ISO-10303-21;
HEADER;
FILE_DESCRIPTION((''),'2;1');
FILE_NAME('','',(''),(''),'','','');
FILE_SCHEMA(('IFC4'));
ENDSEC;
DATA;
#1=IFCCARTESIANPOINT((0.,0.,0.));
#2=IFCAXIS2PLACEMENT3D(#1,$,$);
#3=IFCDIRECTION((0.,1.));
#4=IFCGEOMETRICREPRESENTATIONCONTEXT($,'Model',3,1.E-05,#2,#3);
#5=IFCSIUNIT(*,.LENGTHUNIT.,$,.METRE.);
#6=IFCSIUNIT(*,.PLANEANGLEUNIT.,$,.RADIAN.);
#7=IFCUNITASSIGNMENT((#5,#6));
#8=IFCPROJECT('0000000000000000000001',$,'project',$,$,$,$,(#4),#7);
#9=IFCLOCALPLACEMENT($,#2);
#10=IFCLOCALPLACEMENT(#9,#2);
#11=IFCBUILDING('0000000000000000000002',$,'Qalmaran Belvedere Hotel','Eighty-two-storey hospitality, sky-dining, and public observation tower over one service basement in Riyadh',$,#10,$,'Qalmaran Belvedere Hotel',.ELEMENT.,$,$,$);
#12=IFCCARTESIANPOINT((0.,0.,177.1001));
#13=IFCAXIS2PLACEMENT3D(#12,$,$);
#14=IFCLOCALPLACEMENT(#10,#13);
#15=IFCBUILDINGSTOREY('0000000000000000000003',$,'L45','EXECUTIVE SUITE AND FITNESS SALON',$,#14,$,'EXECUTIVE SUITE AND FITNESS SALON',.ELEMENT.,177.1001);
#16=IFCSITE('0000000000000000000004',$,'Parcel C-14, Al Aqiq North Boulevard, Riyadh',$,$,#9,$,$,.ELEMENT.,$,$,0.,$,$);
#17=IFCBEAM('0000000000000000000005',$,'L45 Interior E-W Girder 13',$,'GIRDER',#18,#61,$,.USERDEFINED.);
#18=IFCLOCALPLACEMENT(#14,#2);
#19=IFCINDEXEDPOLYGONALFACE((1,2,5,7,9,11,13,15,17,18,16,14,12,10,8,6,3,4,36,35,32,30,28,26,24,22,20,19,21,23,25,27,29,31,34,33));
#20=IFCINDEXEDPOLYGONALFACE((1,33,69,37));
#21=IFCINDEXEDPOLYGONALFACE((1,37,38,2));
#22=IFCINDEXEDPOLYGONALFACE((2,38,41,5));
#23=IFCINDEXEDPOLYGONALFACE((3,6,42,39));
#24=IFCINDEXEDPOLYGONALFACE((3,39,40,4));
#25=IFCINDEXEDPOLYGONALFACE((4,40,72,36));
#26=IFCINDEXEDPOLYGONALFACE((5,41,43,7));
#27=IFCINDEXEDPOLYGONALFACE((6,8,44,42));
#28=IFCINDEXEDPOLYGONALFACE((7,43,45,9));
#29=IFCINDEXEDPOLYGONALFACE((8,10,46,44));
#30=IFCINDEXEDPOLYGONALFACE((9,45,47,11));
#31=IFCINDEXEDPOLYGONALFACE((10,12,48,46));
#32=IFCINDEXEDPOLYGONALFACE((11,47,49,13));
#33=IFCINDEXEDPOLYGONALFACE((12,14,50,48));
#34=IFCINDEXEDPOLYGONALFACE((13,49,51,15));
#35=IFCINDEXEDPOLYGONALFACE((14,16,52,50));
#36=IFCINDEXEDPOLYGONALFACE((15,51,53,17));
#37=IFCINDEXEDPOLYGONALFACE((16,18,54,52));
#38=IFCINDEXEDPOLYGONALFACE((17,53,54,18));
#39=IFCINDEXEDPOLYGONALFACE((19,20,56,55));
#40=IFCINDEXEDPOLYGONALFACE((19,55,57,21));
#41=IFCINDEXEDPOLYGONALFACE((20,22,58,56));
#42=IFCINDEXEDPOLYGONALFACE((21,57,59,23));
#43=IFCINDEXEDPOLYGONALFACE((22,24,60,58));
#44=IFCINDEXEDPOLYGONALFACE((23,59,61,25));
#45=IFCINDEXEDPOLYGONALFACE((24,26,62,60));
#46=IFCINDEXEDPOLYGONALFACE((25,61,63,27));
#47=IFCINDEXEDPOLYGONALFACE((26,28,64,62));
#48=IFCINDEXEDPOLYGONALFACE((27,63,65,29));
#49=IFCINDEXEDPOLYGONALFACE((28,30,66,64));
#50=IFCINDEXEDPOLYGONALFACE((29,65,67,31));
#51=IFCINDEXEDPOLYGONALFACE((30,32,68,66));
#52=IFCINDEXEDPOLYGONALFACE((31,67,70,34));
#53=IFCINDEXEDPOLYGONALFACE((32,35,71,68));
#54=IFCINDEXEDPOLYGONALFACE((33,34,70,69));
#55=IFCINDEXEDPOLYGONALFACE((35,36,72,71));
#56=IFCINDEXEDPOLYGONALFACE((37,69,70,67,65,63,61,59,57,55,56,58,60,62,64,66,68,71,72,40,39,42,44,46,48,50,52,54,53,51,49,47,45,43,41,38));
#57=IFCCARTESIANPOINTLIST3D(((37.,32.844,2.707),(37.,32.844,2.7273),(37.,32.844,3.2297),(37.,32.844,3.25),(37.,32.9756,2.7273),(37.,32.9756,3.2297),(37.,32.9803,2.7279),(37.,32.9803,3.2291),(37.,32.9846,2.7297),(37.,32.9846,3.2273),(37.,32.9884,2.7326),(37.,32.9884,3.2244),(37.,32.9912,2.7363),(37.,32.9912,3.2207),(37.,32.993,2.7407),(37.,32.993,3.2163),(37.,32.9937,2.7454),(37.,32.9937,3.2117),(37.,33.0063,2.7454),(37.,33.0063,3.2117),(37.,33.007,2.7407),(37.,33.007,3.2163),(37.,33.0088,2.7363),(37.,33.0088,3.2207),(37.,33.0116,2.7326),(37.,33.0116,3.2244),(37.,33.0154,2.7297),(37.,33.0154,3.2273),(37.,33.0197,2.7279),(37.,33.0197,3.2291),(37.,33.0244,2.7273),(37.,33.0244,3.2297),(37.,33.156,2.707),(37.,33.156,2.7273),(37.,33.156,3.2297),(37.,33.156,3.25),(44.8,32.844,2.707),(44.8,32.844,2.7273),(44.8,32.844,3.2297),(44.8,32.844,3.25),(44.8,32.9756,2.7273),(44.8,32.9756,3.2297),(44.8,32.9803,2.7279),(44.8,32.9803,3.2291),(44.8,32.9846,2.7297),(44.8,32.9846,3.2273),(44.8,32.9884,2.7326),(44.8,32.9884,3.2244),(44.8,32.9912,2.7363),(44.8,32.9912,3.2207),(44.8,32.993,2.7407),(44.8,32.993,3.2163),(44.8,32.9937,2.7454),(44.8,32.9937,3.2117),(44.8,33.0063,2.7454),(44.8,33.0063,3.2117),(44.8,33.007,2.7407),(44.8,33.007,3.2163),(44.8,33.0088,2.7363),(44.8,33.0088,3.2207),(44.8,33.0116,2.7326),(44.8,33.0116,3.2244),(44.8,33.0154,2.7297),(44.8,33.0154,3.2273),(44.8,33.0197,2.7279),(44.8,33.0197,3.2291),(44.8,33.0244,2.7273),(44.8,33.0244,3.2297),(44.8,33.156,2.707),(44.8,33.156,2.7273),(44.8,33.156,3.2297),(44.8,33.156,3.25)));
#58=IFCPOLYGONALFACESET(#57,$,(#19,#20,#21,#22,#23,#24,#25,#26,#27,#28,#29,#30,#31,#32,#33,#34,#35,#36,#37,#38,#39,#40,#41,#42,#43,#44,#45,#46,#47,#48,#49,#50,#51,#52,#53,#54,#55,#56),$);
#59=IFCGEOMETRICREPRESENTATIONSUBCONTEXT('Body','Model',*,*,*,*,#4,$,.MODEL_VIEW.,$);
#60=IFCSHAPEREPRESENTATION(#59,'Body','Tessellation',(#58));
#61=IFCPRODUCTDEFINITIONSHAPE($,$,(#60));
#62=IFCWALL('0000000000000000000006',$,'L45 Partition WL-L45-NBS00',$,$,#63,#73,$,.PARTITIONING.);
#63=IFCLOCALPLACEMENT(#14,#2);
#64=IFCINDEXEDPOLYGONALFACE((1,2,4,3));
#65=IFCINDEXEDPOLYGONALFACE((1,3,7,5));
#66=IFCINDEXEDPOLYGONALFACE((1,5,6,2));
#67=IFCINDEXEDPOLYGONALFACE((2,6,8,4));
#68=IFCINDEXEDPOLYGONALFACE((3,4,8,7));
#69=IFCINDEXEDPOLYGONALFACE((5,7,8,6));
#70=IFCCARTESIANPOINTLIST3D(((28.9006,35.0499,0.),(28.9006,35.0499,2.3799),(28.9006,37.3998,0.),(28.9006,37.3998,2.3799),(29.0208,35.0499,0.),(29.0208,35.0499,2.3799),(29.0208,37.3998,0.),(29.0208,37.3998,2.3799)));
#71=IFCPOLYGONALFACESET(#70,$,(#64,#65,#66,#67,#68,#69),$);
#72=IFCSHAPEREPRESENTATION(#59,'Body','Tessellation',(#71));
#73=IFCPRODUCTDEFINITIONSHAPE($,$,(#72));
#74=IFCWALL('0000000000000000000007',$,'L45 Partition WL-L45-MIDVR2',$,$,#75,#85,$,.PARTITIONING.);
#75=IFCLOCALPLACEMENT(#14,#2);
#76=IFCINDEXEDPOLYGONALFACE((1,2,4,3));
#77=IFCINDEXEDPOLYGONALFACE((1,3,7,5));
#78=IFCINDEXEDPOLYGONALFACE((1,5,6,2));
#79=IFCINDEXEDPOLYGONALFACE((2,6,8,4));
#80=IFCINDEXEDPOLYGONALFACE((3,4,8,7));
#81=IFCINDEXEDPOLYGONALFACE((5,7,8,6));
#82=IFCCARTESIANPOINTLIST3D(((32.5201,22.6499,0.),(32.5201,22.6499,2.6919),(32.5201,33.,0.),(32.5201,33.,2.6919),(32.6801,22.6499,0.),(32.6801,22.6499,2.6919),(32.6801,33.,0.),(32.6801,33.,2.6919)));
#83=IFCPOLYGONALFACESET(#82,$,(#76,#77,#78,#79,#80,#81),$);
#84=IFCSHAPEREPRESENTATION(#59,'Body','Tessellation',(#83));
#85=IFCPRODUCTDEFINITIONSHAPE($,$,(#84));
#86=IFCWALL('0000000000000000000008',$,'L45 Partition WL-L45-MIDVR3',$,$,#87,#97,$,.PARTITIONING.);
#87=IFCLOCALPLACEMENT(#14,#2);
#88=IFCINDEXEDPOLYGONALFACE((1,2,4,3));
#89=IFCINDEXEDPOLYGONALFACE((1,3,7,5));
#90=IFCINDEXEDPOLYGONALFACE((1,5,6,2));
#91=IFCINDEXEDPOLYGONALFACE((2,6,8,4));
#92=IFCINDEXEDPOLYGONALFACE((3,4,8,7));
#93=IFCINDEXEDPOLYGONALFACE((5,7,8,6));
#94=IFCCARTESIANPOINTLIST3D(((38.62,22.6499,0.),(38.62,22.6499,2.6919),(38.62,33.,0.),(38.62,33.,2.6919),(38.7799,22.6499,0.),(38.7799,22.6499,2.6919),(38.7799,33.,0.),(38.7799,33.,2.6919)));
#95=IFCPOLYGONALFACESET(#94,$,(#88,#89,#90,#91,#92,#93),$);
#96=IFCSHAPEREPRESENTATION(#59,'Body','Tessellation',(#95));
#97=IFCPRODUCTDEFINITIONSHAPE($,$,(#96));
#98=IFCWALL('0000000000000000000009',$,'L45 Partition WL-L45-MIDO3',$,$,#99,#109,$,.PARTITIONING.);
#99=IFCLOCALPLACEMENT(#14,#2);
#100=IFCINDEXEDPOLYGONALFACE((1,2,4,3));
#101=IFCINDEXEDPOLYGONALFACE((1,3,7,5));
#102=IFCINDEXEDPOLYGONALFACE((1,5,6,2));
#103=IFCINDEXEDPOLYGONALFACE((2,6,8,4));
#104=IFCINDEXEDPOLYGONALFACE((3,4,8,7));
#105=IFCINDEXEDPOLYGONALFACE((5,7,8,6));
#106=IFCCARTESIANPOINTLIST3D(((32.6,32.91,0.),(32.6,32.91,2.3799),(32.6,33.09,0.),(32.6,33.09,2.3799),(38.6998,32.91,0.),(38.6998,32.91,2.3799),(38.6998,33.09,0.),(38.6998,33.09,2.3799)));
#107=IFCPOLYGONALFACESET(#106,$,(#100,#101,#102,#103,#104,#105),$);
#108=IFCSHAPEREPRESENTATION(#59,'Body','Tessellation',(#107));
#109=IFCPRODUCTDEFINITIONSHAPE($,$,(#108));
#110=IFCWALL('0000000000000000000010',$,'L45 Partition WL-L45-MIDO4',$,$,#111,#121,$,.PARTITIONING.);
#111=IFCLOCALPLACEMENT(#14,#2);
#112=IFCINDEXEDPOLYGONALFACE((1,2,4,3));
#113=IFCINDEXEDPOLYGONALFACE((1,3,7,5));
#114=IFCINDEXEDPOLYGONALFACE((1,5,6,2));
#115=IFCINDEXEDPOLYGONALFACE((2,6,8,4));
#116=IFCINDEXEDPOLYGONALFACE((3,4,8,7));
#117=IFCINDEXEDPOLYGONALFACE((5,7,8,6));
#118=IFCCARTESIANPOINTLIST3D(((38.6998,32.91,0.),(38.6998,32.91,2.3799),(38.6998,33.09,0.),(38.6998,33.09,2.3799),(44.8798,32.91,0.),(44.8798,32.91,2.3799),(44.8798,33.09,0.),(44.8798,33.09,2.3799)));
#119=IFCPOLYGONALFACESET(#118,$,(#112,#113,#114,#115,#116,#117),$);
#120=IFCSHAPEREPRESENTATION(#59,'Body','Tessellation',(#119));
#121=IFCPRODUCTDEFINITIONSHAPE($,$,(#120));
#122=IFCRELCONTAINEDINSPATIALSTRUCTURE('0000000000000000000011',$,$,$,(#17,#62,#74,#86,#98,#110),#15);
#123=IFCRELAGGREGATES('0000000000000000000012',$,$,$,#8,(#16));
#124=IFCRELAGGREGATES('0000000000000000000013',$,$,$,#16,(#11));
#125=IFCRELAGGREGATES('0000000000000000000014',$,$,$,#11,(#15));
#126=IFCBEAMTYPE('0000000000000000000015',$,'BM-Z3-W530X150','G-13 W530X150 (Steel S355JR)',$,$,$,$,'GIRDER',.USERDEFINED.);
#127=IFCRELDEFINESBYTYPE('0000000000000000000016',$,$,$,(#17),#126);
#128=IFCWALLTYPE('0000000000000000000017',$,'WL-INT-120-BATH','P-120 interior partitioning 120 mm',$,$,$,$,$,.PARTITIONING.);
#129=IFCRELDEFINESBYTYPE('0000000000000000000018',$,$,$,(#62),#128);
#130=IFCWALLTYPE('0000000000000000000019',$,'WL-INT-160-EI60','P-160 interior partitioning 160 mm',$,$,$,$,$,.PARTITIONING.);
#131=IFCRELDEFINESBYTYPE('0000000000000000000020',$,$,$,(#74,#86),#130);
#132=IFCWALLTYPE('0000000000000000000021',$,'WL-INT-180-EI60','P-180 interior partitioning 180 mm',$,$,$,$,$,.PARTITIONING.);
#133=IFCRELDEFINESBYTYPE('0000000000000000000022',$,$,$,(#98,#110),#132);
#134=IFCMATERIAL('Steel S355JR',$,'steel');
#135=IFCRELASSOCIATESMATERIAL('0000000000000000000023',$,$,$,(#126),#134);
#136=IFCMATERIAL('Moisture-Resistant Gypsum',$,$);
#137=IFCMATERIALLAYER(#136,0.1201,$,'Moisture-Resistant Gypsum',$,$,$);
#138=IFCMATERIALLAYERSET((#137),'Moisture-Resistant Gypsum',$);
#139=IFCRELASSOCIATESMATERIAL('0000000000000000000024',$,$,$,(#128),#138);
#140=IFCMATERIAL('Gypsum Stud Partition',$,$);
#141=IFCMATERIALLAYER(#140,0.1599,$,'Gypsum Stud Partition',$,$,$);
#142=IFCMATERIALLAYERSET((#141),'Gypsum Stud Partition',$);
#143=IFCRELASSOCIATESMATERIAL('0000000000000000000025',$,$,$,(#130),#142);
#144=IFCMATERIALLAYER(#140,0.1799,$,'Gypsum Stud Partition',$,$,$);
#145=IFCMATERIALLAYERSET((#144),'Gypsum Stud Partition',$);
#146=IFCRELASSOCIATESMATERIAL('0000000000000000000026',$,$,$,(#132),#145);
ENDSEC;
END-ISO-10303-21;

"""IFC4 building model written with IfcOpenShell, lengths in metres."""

from ifc_helpers import new_model, si_unit, direction, frame, frame_2d, origin, origin_2d, place, context, subcontext, project, spatial, rectangle, i_section, extrude, material, layer, layer_set, material_profile, profile_set, type_object, element, save


model = new_model("IFC4")

# Units and contexts
model_context = context("Model", 3, precision=1e-05, world=origin(), true_north=direction((0.0, 1.0)))
body_context = subcontext(model_context, "Body", "Model", "MODEL_VIEW")
ifc_project = project(units=[si_unit("LENGTHUNIT", "METRE"), si_unit("PLANEANGLEUNIT", "RADIAN")], contexts=[model_context])

# Site, building, storey
site_placement = place(None, origin())
site = spatial("IfcSite", under=ifc_project, at=site_placement, Name="Parcel C-14, Al Aqiq North Boulevard, Riyadh", CompositionType="ELEMENT", RefElevation=0.0)
building_placement = place(site_placement, origin())
building = spatial("IfcBuilding", under=site, at=building_placement, Name="Qalmaran Belvedere Hotel", Description="Eighty-two-storey hospitality, sky-dining, and public observation tower over one service basement in Riyadh", LongName="Qalmaran Belvedere Hotel", CompositionType="ELEMENT")
storey_placement = place(building_placement, frame((0.0, 0.0, 177.1001)))
storey = spatial("IfcBuildingStorey", under=building, at=storey_placement, Name="L45", Description="EXECUTIVE SUITE AND FITNESS SALON", LongName="EXECUTIVE SUITE AND FITNESS SALON", CompositionType="ELEMENT", Elevation=177.1001)

# Beam
ifc_material_1 = material(Name="Steel S355JR", Category="steel")
ifc_material_profile_1 = material_profile(ifc_material_1, i_section(OverallWidth=0.312, OverallDepth=0.543, WebThickness=0.0127, FlangeThickness=0.0203, FilletRadius=0.0181, at=origin_2d()), Name="W530X150")
ifc_profile_set_1 = profile_set([ifc_material_profile_1], Name="Steel S355JR")
beam_type_1 = type_object("IfcBeamType", Name="BM-Z3-W530X150", Description="G-13 W530X150 (Steel S355JR)", ElementType="GIRDER", PredefinedType="USERDEFINED", material=ifc_profile_set_1)
for number, where, z_axis, x_axis, name in (
    (1, (37.0, 33.0, 2.9785), (1.0, 0.0, 0.0), (0.0, 1.0, 0.0), "L45 Interior E-W Girder 13"),
):
    element("IfcBeam", number, at=place(storey_placement, frame(where, z_axis=z_axis, x_axis=x_axis)), inside=storey, type_object=beam_type_1, Name=name, ObjectType="GIRDER", PredefinedType="USERDEFINED", context=body_context, shape_type="SweptSolid", body=[
        extrude(i_section(OverallWidth=0.312, OverallDepth=0.543, WebThickness=0.0127, FlangeThickness=0.0203, FilletRadius=0.0181, at=origin_2d()), origin(), (0.0, 0.0, 1.0), 7.8),
    ])

# Walls
ifc_material_2 = material(Name="Moisture-Resistant Gypsum")
ifc_layer_1 = layer(ifc_material_2, 0.1201, Name="Moisture-Resistant Gypsum")
ifc_layer_set_1 = layer_set([ifc_layer_1], Name="Moisture-Resistant Gypsum")
wall_type_1 = type_object("IfcWallType", Name="WL-INT-120-BATH", Description="P-120 interior partitioning 120 mm", PredefinedType="PARTITIONING", material=ifc_layer_set_1)
wall_1_placement = place(storey_placement, frame((28.9607, 35.05, 0.0), z_axis=(0.0, 0.0, 1.0), x_axis=(0.0, 1.0, 0.0)))
element("IfcWall", 2, at=wall_1_placement, inside=storey, type_object=wall_type_1, Name="L45 Partition WL-L45-NBS00", PredefinedType="PARTITIONING", context=body_context, shape_type="SweptSolid", body=[
    extrude(rectangle(XDim=2.3499, YDim=0.1201, at=frame_2d((1.1748, 0.0))), origin(), (0.0, 0.0, 1.0), 2.3799),
])
ifc_material_3 = material(Name="Gypsum Stud Partition")
ifc_layer_2 = layer(ifc_material_3, 0.1599, Name="Gypsum Stud Partition")
ifc_layer_set_2 = layer_set([ifc_layer_2], Name="Gypsum Stud Partition")
wall_type_2 = type_object("IfcWallType", Name="WL-INT-160-EI60", Description="P-160 interior partitioning 160 mm", PredefinedType="PARTITIONING", material=ifc_layer_set_2)
for number, where, z_axis, x_axis, name in (
    (3, (32.6001, 22.6499, 0.0), (0.0, 0.0, 1.0), (0.0, 1.0, 0.0), "L45 Partition WL-L45-MIDVR2"),
    (4, (38.7, 22.6499, 0.0), (0.0, 0.0, 1.0), (0.0, 1.0, 0.0), "L45 Partition WL-L45-MIDVR3"),
):
    element("IfcWall", number, at=place(storey_placement, frame(where, z_axis=z_axis, x_axis=x_axis)), inside=storey, type_object=wall_type_2, Name=name, PredefinedType="PARTITIONING", context=body_context, shape_type="SweptSolid", body=[
        extrude(rectangle(XDim=10.3501, YDim=0.1599, at=frame_2d((5.175, 0.0))), origin(), (0.0, 0.0, 1.0), 2.6919),
    ])

# Shared definitions
ifc_layer_3 = layer(ifc_material_3, 0.1799, Name="Gypsum Stud Partition")
ifc_layer_set_3 = layer_set([ifc_layer_3], Name="Gypsum Stud Partition")
wall_type_3 = type_object("IfcWallType", Name="WL-INT-180-EI60", Description="P-180 interior partitioning 180 mm", PredefinedType="PARTITIONING", material=ifc_layer_set_3)

# Wall
wall_2_placement = place(storey_placement, frame((32.6001, 33.0, 0.0), z_axis=(0.0, 0.0, 1.0), x_axis=(1.0, 0.0, 0.0)))
element("IfcWall", 5, at=wall_2_placement, inside=storey, type_object=wall_type_3, Name="L45 Partition WL-L45-MIDO3", PredefinedType="PARTITIONING", context=body_context, shape_type="SweptSolid", body=[
    extrude(rectangle(XDim=6.0999, YDim=0.1799, at=frame_2d((3.0498, 0.0))), origin(), (0.0, 0.0, 1.0), 2.3799),
])

# Wall
wall_3_placement = place(storey_placement, frame((38.7, 33.0, 0.0), z_axis=(0.0, 0.0, 1.0), x_axis=(1.0, 0.0, 0.0)))
element("IfcWall", 6, at=wall_3_placement, inside=storey, type_object=wall_type_3, Name="L45 Partition WL-L45-MIDO4", PredefinedType="PARTITIONING", context=body_context, shape_type="SweptSolid", body=[
    extrude(rectangle(XDim=6.1799, YDim=0.1799, at=frame_2d((3.0898, 0.0))), origin(), (0.0, 0.0, 1.0), 2.3799),
])

save(model, "model.ifc")
